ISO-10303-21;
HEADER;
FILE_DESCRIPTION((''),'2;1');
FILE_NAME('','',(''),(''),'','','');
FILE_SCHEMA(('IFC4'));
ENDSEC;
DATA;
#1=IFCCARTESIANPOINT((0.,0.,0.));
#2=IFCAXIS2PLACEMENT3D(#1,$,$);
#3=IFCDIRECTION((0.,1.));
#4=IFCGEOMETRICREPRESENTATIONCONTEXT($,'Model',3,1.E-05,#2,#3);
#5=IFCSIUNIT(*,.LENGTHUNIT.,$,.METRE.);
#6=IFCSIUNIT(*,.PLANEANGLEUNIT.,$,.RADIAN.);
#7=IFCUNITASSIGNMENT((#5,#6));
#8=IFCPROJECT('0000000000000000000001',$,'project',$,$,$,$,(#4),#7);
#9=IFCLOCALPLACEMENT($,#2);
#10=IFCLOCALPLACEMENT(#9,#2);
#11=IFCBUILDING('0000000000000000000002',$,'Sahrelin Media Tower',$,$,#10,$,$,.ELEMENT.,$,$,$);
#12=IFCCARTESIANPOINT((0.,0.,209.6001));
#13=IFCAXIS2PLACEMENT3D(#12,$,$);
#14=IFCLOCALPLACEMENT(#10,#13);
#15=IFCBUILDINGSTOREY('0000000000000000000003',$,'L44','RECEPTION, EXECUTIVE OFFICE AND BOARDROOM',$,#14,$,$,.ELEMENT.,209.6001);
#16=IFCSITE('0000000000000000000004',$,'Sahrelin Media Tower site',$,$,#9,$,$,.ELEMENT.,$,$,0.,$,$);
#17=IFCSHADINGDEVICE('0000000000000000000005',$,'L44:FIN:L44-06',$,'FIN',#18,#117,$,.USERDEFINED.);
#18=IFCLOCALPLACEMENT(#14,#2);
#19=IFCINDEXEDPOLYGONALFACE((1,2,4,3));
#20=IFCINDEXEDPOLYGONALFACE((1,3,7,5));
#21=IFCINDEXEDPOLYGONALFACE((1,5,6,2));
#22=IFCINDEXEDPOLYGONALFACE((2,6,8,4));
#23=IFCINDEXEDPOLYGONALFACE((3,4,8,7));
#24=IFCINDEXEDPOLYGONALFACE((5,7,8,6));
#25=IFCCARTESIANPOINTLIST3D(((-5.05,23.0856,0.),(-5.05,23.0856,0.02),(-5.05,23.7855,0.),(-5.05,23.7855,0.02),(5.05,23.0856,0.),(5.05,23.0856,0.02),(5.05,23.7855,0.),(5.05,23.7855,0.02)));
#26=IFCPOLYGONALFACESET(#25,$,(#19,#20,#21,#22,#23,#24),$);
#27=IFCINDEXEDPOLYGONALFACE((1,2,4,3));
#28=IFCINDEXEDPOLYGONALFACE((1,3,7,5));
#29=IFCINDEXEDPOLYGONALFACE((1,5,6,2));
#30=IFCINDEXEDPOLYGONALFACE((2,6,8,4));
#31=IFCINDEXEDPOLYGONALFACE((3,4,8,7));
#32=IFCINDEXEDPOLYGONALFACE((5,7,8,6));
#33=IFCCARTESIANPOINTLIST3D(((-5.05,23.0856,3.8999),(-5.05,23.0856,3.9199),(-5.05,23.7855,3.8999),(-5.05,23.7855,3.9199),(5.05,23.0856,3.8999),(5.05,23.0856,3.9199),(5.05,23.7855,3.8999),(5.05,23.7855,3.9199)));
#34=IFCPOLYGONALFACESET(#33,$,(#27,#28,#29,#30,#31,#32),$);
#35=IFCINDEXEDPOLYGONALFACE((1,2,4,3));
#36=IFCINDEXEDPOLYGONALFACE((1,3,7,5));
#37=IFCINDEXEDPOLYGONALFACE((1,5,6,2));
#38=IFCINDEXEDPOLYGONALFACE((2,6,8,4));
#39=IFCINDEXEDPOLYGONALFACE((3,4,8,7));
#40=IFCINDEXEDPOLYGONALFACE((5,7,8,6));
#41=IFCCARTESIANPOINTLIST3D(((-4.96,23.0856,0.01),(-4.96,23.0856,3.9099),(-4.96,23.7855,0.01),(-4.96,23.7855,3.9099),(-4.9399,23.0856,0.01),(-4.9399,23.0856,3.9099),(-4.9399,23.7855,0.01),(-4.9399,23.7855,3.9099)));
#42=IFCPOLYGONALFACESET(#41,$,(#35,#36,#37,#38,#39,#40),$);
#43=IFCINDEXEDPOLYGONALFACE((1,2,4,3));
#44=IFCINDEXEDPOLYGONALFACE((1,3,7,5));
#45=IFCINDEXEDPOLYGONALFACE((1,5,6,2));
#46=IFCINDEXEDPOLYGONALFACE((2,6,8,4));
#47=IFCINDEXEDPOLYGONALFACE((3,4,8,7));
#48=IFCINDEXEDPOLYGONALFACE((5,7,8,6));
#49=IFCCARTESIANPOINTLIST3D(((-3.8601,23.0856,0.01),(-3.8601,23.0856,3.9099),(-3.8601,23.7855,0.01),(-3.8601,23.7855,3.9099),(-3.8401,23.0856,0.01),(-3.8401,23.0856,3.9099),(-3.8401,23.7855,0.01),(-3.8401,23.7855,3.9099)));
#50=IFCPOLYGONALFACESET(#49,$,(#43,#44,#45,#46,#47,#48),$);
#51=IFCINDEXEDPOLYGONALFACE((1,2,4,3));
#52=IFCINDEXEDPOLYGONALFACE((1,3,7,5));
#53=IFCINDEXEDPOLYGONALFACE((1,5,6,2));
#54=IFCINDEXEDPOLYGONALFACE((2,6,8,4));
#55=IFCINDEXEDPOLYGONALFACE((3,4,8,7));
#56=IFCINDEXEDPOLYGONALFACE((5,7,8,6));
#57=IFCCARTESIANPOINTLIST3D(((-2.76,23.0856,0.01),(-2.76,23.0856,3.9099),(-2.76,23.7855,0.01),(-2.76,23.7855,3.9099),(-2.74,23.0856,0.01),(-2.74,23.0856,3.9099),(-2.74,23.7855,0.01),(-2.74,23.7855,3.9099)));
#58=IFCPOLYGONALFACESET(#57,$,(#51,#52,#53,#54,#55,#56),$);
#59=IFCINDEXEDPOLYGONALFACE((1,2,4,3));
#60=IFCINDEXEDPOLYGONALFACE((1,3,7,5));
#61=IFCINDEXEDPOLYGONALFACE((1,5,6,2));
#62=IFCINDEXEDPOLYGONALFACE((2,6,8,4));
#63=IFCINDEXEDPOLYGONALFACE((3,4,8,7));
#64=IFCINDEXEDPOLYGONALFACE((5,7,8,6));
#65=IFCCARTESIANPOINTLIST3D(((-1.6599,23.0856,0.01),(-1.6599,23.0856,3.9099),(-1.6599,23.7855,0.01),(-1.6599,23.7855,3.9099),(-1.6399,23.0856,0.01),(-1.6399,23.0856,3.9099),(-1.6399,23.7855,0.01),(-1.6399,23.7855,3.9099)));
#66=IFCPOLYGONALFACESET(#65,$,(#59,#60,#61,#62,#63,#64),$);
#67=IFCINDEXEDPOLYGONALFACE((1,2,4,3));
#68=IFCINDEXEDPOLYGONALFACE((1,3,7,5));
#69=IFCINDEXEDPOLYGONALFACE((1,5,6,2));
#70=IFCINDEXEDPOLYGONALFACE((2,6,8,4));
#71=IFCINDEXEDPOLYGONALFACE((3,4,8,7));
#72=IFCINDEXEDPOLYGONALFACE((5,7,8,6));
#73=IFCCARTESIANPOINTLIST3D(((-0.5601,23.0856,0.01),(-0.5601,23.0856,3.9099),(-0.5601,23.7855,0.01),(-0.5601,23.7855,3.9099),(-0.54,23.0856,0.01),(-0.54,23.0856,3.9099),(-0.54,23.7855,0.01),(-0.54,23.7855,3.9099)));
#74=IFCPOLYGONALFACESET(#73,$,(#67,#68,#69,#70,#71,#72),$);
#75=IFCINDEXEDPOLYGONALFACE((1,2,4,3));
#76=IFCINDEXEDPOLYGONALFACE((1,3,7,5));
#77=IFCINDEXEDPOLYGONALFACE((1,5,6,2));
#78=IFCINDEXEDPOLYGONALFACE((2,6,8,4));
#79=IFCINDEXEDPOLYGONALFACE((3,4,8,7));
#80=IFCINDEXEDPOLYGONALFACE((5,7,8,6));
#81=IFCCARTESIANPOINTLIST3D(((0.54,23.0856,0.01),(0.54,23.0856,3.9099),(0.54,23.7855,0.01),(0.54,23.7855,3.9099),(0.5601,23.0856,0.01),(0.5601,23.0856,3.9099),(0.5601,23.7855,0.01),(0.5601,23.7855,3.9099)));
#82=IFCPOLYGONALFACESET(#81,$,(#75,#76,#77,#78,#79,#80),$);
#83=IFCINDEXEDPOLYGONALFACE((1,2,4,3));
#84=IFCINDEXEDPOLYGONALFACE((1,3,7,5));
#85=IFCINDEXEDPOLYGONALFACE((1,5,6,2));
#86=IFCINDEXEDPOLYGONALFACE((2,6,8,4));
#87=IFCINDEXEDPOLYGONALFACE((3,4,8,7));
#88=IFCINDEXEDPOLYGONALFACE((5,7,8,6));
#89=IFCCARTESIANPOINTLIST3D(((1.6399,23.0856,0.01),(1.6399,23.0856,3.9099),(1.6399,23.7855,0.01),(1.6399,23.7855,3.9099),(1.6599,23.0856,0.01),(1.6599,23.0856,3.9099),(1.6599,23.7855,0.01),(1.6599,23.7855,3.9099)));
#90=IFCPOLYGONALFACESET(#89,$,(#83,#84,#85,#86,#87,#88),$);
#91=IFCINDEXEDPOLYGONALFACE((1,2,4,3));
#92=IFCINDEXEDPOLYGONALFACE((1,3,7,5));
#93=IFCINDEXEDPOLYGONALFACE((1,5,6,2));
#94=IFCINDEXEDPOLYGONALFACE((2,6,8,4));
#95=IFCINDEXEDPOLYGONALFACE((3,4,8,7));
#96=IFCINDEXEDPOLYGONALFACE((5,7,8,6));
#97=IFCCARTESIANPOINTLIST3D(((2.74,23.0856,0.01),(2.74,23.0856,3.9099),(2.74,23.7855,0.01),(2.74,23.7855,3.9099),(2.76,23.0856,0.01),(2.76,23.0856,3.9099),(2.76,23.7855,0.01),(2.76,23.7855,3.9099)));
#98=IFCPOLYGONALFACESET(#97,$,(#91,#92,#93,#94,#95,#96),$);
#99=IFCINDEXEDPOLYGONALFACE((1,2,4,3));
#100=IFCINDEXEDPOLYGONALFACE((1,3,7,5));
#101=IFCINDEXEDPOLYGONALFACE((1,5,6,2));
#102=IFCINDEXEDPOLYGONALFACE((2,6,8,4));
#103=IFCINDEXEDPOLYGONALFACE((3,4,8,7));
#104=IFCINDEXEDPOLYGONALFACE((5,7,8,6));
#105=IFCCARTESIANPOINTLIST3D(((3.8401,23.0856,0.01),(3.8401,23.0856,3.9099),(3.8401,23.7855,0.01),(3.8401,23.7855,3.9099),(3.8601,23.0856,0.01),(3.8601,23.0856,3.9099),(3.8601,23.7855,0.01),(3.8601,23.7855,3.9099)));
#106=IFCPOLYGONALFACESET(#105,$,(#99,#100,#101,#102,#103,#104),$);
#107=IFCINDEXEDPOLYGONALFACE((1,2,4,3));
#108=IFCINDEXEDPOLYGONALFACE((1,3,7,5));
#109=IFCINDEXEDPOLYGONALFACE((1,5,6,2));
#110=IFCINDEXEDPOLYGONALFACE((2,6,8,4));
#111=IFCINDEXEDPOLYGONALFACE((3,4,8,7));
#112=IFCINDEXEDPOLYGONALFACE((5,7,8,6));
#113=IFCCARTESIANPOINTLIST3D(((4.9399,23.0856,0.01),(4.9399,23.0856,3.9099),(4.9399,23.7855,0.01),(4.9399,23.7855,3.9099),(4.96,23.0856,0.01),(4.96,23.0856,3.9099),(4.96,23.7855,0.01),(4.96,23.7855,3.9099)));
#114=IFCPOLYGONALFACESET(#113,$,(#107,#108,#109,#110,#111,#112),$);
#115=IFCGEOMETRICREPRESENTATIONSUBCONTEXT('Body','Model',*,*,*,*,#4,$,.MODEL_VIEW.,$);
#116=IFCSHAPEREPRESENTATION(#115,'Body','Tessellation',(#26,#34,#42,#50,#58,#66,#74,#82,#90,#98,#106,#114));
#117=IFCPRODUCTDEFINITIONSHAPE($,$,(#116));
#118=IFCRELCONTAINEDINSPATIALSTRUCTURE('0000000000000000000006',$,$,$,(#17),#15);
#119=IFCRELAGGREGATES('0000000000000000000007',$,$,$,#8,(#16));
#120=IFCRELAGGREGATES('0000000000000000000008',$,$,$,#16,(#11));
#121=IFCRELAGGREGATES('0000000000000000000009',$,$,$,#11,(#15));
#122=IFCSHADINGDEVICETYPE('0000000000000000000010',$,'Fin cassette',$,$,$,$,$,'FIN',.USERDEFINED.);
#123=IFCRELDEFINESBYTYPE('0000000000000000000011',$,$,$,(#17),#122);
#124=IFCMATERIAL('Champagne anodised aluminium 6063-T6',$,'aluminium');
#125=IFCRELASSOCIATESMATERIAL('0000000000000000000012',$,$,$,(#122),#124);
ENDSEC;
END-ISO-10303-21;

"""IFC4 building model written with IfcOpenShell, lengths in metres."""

from ifc_helpers import new_model, si_unit, direction, frame, origin, origin_2d, place, context, subcontext, project, spatial, rectangle, extrude, material, type_object, element, save


model = new_model("IFC4")

# Units and contexts
model_context = context("Model", 3, precision=1e-05, world=origin(), true_north=direction((0.0, 1.0)))
body_context = subcontext(model_context, "Body", "Model", "MODEL_VIEW")
ifc_project = project(units=[si_unit("LENGTHUNIT", "METRE"), si_unit("PLANEANGLEUNIT", "RADIAN")], contexts=[model_context])

# Site, building, storey
site_placement = place(None, origin())
site = spatial("IfcSite", under=ifc_project, at=site_placement, Name="Sahrelin Media Tower site", CompositionType="ELEMENT", RefElevation=0.0)
building_placement = place(site_placement, origin())
building = spatial("IfcBuilding", under=site, at=building_placement, Name="Sahrelin Media Tower", CompositionType="ELEMENT")
storey_placement = place(building_placement, frame((0.0, 0.0, 209.6001)))
storey = spatial("IfcBuildingStorey", under=building, at=storey_placement, Name="L44", Description="RECEPTION, EXECUTIVE OFFICE AND BOARDROOM", CompositionType="ELEMENT", Elevation=209.6001)

# Shared definitions
ifc_material_1 = material(Name="Champagne anodised aluminium 6063-T6", Category="aluminium")

# Shared definitions
placement_1 = place(storey_placement, frame((0.0, 23.0156, 0.0), z_axis=(0.0, 0.0, 1.0), x_axis=(1.0, 0.0, 0.0)))

# Shading device
shading_device_type_1 = type_object("IfcShadingDeviceType", Name="Fin cassette", ElementType="FIN", PredefinedType="USERDEFINED", material=ifc_material_1)
element("IfcShadingDevice", 1, at=placement_1, inside=storey, type_object=shading_device_type_1, Name="L44:FIN:L44-06", ObjectType="FIN", PredefinedType="USERDEFINED", context=body_context, shape_type="SweptSolid", body=[
    extrude(rectangle(XDim=10.1001, YDim=0.7, at=origin_2d()), frame((0.0, 0.4199, 0.0)), (0.0, 0.0, 1.0), 0.02),
    extrude(rectangle(XDim=10.1001, YDim=0.7, at=origin_2d()), frame((0.0, 0.4199, 3.8999)), (0.0, 0.0, 1.0), 0.02),
    extrude(rectangle(XDim=0.02, YDim=0.7, at=origin_2d()), frame((-4.95, 0.4199, 0.01), z_axis=(0.0, 0.0, 1.0), x_axis=(1.0, 0.0, 0.0)), (0.0, 0.0, 1.0), 3.8999),
    extrude(rectangle(XDim=0.02, YDim=0.7, at=origin_2d()), frame((-3.8501, 0.4199, 0.01), z_axis=(0.0, 0.0, 1.0), x_axis=(1.0, 0.0, 0.0)), (0.0, 0.0, 1.0), 3.8999),
    extrude(rectangle(XDim=0.02, YDim=0.7, at=origin_2d()), frame((-2.75, 0.4199, 0.01), z_axis=(0.0, 0.0, 1.0), x_axis=(1.0, 0.0, 0.0)), (0.0, 0.0, 1.0), 3.8999),
    extrude(rectangle(XDim=0.02, YDim=0.7, at=origin_2d()), frame((-1.6499, 0.4199, 0.01), z_axis=(0.0, 0.0, 1.0), x_axis=(1.0, 0.0, 0.0)), (0.0, 0.0, 1.0), 3.8999),
    extrude(rectangle(XDim=0.02, YDim=0.7, at=origin_2d()), frame((-0.55, 0.4199, 0.01), z_axis=(0.0, 0.0, 1.0), x_axis=(1.0, 0.0, 0.0)), (0.0, 0.0, 1.0), 3.8999),
    extrude(rectangle(XDim=0.02, YDim=0.7, at=origin_2d()), frame((0.55, 0.4199, 0.01), z_axis=(0.0, 0.0, 1.0), x_axis=(1.0, 0.0, 0.0)), (0.0, 0.0, 1.0), 3.8999),
    extrude(rectangle(XDim=0.02, YDim=0.7, at=origin_2d()), frame((1.6499, 0.4199, 0.01), z_axis=(0.0, 0.0, 1.0), x_axis=(1.0, 0.0, 0.0)), (0.0, 0.0, 1.0), 3.8999),
    extrude(rectangle(XDim=0.02, YDim=0.7, at=origin_2d()), frame((2.75, 0.4199, 0.01), z_axis=(0.0, 0.0, 1.0), x_axis=(1.0, 0.0, 0.0)), (0.0, 0.0, 1.0), 3.8999),
    extrude(rectangle(XDim=0.02, YDim=0.7, at=origin_2d()), frame((3.8501, 0.4199, 0.01), z_axis=(0.0, 0.0, 1.0), x_axis=(1.0, 0.0, 0.0)), (0.0, 0.0, 1.0), 3.8999),
    extrude(rectangle(XDim=0.02, YDim=0.7, at=origin_2d()), frame((4.95, 0.4199, 0.01), z_axis=(0.0, 0.0, 1.0), x_axis=(1.0, 0.0, 0.0)), (0.0, 0.0, 1.0), 3.8999),
])

save(model, "model.ifc")
